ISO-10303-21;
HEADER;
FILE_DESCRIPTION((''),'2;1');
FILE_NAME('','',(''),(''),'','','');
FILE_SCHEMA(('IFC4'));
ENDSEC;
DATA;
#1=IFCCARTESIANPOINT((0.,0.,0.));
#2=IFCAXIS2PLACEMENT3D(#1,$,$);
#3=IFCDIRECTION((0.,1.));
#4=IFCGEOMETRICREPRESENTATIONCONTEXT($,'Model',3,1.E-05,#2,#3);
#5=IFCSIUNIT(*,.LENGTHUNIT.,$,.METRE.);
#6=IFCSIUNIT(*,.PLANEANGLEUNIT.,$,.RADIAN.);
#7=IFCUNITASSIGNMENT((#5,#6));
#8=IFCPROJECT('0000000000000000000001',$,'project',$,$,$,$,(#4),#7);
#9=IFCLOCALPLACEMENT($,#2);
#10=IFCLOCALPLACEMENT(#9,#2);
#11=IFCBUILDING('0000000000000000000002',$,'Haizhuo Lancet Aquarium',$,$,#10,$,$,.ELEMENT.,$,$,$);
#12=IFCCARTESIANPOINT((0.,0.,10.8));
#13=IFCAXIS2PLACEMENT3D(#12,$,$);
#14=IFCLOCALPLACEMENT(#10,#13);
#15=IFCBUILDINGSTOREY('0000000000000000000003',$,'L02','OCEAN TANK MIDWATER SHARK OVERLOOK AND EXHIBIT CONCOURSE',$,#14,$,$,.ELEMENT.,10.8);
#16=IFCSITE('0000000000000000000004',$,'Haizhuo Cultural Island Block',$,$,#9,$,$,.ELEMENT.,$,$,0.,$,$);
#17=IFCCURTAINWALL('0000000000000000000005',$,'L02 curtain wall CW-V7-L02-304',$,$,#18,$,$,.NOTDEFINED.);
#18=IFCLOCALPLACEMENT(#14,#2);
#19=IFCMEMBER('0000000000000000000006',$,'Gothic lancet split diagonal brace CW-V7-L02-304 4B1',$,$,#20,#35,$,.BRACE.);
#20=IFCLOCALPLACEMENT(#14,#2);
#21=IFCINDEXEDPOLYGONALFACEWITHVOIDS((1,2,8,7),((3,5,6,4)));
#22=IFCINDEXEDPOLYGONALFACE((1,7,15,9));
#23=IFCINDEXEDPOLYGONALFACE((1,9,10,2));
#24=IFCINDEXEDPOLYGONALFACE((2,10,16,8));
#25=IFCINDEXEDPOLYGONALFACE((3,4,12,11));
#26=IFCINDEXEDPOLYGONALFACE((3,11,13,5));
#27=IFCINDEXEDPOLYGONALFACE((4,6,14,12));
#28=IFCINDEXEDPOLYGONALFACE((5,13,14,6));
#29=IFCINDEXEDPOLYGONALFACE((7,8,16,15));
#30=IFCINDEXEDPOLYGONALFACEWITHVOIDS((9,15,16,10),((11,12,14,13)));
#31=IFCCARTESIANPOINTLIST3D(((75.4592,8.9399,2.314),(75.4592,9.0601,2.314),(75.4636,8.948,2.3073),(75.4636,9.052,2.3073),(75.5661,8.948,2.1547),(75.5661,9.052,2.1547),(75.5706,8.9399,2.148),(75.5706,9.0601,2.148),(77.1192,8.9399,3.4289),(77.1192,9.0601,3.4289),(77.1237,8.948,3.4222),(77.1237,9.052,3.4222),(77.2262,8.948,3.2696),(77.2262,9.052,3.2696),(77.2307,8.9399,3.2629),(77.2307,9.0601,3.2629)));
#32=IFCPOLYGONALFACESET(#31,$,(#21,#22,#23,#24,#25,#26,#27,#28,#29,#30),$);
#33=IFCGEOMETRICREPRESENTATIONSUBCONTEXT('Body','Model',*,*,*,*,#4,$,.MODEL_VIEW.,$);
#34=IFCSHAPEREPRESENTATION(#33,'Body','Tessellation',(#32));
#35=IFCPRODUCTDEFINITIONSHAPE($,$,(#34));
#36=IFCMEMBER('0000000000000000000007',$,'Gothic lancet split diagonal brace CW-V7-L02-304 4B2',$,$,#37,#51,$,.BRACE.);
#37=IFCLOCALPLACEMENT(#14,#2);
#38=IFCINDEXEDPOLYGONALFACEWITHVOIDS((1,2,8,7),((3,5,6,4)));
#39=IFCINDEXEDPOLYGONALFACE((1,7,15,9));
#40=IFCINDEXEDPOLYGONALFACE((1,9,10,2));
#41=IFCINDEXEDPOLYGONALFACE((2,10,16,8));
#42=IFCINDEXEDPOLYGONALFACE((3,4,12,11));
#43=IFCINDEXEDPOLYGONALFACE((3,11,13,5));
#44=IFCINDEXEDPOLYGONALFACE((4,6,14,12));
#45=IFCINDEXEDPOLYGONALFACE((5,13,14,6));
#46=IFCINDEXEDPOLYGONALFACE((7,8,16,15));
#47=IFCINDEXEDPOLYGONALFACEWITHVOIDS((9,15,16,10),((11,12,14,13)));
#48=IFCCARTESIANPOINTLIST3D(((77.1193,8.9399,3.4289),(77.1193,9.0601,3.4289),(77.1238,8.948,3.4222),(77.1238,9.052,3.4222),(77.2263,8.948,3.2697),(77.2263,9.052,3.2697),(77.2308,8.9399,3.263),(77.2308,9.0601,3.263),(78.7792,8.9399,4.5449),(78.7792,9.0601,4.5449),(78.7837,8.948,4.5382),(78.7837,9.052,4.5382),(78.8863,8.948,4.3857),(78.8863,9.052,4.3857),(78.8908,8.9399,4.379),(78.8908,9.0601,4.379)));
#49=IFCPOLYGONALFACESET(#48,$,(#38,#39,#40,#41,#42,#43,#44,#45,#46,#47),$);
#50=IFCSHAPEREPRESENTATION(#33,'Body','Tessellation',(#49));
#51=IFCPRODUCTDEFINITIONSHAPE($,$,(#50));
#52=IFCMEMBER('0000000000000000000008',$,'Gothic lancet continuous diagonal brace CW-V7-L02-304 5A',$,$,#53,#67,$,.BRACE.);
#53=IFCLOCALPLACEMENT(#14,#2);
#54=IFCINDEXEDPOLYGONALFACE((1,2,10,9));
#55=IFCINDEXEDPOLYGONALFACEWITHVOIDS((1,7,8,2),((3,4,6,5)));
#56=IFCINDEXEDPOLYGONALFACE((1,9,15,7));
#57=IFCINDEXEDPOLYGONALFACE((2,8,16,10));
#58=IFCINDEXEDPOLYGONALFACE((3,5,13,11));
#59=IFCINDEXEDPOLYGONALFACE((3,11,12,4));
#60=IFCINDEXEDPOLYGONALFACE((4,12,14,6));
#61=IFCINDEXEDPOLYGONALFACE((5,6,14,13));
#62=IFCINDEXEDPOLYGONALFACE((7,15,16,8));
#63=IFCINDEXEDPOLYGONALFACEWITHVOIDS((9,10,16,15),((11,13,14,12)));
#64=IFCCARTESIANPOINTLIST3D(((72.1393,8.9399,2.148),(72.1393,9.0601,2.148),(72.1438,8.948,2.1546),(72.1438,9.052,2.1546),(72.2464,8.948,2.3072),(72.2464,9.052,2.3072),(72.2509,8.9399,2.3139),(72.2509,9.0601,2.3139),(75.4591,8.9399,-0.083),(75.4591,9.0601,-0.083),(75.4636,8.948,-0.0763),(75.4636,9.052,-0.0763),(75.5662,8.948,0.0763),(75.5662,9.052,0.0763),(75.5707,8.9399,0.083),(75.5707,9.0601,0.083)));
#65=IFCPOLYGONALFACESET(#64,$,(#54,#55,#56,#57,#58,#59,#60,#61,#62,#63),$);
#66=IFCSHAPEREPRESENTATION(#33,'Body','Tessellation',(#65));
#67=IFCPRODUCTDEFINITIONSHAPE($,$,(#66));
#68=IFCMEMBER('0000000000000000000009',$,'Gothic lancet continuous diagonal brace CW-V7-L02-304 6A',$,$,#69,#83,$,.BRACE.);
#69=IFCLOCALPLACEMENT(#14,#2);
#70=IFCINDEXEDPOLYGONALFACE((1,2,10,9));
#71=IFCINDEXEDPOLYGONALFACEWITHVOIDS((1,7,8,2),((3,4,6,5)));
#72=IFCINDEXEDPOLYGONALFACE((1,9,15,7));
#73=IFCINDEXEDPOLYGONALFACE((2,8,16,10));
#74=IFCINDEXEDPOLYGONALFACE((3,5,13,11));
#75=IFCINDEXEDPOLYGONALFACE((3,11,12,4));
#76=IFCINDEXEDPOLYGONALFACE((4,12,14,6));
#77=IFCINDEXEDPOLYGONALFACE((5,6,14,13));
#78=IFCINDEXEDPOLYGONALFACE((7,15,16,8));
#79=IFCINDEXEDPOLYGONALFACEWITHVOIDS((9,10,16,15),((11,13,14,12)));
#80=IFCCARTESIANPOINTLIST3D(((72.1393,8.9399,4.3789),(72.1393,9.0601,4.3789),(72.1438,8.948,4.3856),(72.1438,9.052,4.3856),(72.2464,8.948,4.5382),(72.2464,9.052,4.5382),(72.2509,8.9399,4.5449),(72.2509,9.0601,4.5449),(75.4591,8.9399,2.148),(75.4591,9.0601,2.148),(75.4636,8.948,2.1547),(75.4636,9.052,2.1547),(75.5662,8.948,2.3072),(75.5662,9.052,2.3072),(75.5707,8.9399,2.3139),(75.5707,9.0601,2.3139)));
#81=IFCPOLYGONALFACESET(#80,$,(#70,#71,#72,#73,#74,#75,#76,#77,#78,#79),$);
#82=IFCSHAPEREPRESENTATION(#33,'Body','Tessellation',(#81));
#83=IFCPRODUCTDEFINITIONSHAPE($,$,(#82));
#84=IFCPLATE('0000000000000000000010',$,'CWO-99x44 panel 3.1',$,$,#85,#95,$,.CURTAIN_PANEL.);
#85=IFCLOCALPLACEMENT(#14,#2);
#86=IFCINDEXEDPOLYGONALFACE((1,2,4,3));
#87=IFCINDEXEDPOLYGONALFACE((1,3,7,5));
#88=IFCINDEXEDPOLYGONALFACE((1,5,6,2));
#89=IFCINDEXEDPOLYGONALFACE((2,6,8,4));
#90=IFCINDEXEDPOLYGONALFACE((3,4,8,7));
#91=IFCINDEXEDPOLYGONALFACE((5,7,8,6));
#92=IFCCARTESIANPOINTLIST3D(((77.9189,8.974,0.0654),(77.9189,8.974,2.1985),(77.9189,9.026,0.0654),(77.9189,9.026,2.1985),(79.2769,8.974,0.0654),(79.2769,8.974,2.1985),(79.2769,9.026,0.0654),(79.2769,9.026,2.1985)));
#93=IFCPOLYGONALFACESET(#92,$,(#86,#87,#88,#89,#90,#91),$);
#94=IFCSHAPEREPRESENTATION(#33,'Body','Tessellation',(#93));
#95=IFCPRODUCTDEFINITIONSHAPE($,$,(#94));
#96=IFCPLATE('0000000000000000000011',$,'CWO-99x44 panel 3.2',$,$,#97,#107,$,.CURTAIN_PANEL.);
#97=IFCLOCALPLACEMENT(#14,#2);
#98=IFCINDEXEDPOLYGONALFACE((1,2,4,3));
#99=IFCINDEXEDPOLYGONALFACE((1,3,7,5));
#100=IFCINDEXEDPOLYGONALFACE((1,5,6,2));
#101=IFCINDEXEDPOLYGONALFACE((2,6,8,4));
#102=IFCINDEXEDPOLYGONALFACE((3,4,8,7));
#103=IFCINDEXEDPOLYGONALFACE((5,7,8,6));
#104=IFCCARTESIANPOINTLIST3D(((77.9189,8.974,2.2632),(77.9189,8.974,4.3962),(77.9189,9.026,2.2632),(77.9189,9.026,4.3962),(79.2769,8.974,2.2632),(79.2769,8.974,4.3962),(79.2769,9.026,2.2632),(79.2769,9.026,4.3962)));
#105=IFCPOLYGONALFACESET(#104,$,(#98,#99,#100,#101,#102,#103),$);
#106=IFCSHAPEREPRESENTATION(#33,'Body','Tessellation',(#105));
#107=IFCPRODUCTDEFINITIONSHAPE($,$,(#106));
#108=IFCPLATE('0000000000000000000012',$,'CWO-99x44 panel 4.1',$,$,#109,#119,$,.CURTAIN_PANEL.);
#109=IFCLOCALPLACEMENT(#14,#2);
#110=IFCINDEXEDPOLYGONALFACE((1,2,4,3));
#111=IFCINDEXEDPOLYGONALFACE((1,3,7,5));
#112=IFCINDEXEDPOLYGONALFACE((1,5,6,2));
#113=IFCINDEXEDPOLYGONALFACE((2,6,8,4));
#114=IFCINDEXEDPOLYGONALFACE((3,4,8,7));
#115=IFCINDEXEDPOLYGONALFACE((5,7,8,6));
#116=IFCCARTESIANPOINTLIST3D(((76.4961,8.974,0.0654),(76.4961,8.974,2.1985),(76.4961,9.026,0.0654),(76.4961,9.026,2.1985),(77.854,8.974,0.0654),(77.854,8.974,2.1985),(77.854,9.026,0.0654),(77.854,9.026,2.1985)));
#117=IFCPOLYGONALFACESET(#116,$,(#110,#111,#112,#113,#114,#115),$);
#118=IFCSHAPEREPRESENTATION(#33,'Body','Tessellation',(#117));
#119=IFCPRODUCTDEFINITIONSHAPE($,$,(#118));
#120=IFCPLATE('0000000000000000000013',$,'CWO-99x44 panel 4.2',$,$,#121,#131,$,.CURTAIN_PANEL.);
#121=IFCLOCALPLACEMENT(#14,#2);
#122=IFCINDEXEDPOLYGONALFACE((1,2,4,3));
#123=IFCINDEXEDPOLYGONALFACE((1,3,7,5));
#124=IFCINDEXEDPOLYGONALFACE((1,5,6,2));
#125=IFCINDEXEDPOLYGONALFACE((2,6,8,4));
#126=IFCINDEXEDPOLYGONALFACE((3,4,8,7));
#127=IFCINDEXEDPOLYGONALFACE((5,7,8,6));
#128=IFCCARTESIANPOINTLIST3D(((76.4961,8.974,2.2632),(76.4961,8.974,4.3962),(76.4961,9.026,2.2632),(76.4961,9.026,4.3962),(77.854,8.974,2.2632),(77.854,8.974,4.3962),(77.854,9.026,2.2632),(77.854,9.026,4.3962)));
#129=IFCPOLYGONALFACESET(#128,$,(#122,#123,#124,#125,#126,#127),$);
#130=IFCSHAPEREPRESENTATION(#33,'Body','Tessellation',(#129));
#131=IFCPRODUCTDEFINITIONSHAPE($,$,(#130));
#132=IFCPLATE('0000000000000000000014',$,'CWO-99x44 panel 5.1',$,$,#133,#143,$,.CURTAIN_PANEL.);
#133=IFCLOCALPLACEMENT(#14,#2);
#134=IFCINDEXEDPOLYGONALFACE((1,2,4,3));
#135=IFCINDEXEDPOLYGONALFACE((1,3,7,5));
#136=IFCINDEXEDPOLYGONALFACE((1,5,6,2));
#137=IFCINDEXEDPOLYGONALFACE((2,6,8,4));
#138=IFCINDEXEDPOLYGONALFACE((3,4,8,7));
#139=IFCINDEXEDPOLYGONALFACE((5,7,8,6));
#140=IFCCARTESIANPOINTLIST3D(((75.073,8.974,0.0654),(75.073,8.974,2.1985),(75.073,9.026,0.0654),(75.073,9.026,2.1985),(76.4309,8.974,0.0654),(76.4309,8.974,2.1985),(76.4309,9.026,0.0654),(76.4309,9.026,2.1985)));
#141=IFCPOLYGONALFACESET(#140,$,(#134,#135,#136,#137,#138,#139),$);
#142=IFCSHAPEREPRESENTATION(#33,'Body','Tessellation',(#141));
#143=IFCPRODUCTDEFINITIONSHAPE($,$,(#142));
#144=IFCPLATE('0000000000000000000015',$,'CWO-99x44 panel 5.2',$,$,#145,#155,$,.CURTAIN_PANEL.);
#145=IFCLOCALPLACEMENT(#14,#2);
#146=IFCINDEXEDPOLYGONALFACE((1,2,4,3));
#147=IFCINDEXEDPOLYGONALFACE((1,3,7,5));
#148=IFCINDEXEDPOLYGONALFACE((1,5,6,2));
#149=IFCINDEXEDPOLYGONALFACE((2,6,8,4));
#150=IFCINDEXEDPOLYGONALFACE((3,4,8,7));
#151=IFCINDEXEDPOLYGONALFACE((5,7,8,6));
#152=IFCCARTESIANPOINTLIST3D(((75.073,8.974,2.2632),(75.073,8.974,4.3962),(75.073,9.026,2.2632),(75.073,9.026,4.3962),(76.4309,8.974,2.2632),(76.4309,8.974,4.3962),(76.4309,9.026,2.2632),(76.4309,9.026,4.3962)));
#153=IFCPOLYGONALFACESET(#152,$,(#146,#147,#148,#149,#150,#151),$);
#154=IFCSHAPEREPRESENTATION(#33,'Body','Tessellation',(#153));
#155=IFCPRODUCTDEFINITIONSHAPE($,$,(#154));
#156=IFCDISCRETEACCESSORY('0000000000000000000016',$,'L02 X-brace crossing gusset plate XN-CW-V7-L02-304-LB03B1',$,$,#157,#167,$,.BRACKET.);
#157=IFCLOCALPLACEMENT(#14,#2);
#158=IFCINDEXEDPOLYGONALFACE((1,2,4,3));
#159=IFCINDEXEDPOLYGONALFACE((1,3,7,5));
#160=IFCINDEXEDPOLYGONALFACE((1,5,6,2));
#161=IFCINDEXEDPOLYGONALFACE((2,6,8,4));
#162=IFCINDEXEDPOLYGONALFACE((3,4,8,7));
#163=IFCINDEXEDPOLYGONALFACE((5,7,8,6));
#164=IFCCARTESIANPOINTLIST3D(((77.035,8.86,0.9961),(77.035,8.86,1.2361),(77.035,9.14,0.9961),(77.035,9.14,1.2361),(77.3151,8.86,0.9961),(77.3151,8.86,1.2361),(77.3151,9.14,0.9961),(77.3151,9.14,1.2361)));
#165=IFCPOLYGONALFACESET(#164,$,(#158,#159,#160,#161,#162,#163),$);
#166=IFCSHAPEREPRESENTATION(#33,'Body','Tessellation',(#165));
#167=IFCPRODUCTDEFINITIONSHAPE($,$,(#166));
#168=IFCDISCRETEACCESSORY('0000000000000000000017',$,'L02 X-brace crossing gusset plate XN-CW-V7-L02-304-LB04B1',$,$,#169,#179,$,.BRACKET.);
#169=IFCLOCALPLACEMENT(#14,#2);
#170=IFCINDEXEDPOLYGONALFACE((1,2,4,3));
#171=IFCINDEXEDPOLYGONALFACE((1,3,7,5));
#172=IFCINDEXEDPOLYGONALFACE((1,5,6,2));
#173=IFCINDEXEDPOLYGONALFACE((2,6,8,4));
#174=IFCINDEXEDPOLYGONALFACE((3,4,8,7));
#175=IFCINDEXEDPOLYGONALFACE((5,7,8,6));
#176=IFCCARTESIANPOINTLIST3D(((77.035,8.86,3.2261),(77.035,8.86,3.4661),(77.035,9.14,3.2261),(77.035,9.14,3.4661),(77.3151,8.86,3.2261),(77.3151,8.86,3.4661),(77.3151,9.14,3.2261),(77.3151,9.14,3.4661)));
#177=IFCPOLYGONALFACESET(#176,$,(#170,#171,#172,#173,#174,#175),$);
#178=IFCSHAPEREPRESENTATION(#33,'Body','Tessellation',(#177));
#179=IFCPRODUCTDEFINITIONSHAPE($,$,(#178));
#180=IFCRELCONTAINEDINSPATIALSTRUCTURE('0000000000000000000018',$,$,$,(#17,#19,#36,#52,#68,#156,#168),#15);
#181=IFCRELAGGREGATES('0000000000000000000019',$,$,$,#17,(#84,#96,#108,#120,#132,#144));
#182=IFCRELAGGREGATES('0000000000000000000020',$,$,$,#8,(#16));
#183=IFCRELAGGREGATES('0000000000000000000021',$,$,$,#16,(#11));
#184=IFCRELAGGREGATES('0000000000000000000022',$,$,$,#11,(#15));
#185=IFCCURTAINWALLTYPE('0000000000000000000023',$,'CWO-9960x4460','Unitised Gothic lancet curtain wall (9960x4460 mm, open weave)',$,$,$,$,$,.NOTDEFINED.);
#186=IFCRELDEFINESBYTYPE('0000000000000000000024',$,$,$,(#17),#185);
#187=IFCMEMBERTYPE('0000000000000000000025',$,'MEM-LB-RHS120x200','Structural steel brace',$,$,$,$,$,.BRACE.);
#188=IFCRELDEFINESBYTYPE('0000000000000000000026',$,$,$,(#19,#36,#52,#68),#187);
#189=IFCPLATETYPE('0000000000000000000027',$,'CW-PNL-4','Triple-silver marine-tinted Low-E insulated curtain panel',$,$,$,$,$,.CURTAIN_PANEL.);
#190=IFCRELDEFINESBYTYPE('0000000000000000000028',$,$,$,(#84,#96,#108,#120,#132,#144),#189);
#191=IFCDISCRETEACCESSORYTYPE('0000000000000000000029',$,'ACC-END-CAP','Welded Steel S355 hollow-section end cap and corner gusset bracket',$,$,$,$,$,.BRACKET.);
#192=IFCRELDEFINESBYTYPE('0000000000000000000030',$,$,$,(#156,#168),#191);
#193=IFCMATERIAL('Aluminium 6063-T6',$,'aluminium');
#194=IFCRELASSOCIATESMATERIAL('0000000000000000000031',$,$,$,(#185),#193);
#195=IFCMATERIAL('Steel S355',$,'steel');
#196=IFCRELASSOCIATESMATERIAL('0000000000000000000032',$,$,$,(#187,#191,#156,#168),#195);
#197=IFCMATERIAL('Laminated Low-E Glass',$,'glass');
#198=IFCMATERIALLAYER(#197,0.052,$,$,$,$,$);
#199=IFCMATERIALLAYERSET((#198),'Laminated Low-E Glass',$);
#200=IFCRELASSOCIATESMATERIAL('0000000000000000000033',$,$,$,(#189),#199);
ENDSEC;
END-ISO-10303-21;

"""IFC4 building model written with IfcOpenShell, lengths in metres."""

from ifc_helpers import new_model, si_unit, direction, frame, origin, origin_2d, place, context, subcontext, project, spatial, rectangle, hollow_rectangle, extrude, material, layer, layer_set, material_profile, profile_set, type_object, element, aggregate, save


model = new_model("IFC4")

# Units and contexts
model_context = context("Model", 3, precision=1e-05, world=origin(), true_north=direction((0.0, 1.0)))
body_context = subcontext(model_context, "Body", "Model", "MODEL_VIEW")
ifc_project = project(units=[si_unit("LENGTHUNIT", "METRE"), si_unit("PLANEANGLEUNIT", "RADIAN")], contexts=[model_context])

# Site, building, storey
site_placement = place(None, origin())
site = spatial("IfcSite", under=ifc_project, at=site_placement, Name="Haizhuo Cultural Island Block", CompositionType="ELEMENT", RefElevation=0.0)
building_placement = place(site_placement, origin())
building = spatial("IfcBuilding", under=site, at=building_placement, Name="Haizhuo Lancet Aquarium", CompositionType="ELEMENT")
storey_placement = place(building_placement, frame((0.0, 0.0, 10.8)))
storey = spatial("IfcBuildingStorey", under=building, at=storey_placement, Name="L02", Description="OCEAN TANK MIDWATER SHARK OVERLOOK AND EXHIBIT CONCOURSE", CompositionType="ELEMENT", Elevation=10.8)

# Curtain wall
ifc_material_1 = material(Name="Aluminium 6063-T6", Category="aluminium")
curtain_wall_type = type_object("IfcCurtainWallType", Name="CWO-9960x4460", Description="Unitised Gothic lancet curtain wall (9960x4460 mm, open weave)", PredefinedType="NOTDEFINED", material=ifc_material_1)
curtain_wall_placement = place(storey_placement, origin())
curtain_wall = element("IfcCurtainWall", 1, at=curtain_wall_placement, inside=storey, type_object=curtain_wall_type, Name="L02 curtain wall CW-V7-L02-304", PredefinedType="NOTDEFINED")

# Members
ifc_material_2 = material(Name="Steel S355", Category="steel")
ifc_material_profile_1 = material_profile(ifc_material_2, hollow_rectangle(XDim=0.1201, YDim=0.2, WallThickness=0.0081, at=origin_2d()), Name="RHS 120x200x8")
ifc_profile_set_1 = profile_set([ifc_material_profile_1], Name="Steel S355")
member_type_1 = type_object("IfcMemberType", Name="MEM-LB-RHS120x200", Description="Structural steel brace", PredefinedType="BRACE", material=ifc_profile_set_1)
member_1_placement = place(storey_placement, frame((75.5149, 9.0, 2.231), z_axis=(0.830148, 0.0, 0.557542), x_axis=(0.0, 1.0, 0.0)))
element("IfcMember", 2, at=member_1_placement, inside=storey, type_object=member_type_1, Name="Gothic lancet split diagonal brace CW-V7-L02-304 4B1", PredefinedType="BRACE", context=body_context, shape_type="SweptSolid", body=[
    extrude(hollow_rectangle(XDim=0.1201, YDim=0.2, WallThickness=0.0081, at=origin_2d()), origin(), (0.0, 0.0, 1.0), 1.9998),
])
member_2_placement = place(storey_placement, frame((77.175, 9.0, 3.3459), z_axis=(0.829884, 0.0, 0.557935), x_axis=(0.0, 1.0, 0.0)))
element("IfcMember", 3, at=member_2_placement, inside=storey, type_object=member_type_1, Name="Gothic lancet split diagonal brace CW-V7-L02-304 4B2", PredefinedType="BRACE", context=body_context, shape_type="SweptSolid", body=[
    extrude(hollow_rectangle(XDim=0.1201, YDim=0.2, WallThickness=0.0081, at=origin_2d()), origin(), (0.0, 0.0, 1.0), 2.0002),
])
for number, where, z_axis, x_axis, name in (
    (4, (75.5149, 9.0, 0.0), (-0.829998, 0.0, 0.557767), (0.0, -1.0, 0.0), "Gothic lancet continuous diagonal brace CW-V7-L02-304 5A"),
    (5, (75.5149, 9.0, 2.231), (-0.829998, 0.0, 0.557767), (0.0, -1.0, 0.0), "Gothic lancet continuous diagonal brace CW-V7-L02-304 6A"),
):
    element("IfcMember", number, at=place(storey_placement, frame(where, z_axis=z_axis, x_axis=x_axis)), inside=storey, type_object=member_type_1, Name=name, PredefinedType="BRACE", context=body_context, shape_type="SweptSolid", body=[
        extrude(hollow_rectangle(XDim=0.1201, YDim=0.2, WallThickness=0.0081, at=origin_2d()), origin(), (0.0, 0.0, 1.0), 3.9998),
    ])

# Plates
ifc_material_3 = material(Name="Laminated Low-E Glass", Category="glass")
ifc_layer = layer(ifc_material_3, 0.052)
ifc_layer_set = layer_set([ifc_layer], Name="Laminated Low-E Glass")
plate_type = type_object("IfcPlateType", Name="CW-PNL-4", Description="Triple-silver marine-tinted Low-E insulated curtain panel", PredefinedType="CURTAIN_PANEL", material=ifc_layer_set)
plate_1_placement = place(storey_placement, frame((78.5979, 9.0, 0.0654), z_axis=(0.0, 0.0, 1.0), x_axis=(-1.0, 0.0, 0.0)))
plate_1 = element("IfcPlate", 6, at=plate_1_placement, type_object=plate_type, Name="CWO-99x44 panel 3.1", PredefinedType="CURTAIN_PANEL", context=body_context, shape_type="SweptSolid", body=[
    extrude(rectangle(XDim=1.3579, YDim=0.052, at=origin_2d()), origin(), (0.0, 0.0, 1.0), 2.1331),
])
plate_2_placement = place(storey_placement, frame((78.5979, 9.0, 2.2632), z_axis=(0.0, 0.0, 1.0), x_axis=(-1.0, 0.0, 0.0)))
plate_2 = element("IfcPlate", 7, at=plate_2_placement, type_object=plate_type, Name="CWO-99x44 panel 3.2", PredefinedType="CURTAIN_PANEL", context=body_context, shape_type="SweptSolid", body=[
    extrude(rectangle(XDim=1.3579, YDim=0.052, at=origin_2d()), origin(), (0.0, 0.0, 1.0), 2.1331),
])
plate_3_placement = place(storey_placement, frame((77.175, 9.0, 0.0654), z_axis=(0.0, 0.0, 1.0), x_axis=(-1.0, 0.0, 0.0)))
plate_3 = element("IfcPlate", 8, at=plate_3_placement, type_object=plate_type, Name="CWO-99x44 panel 4.1", PredefinedType="CURTAIN_PANEL", context=body_context, shape_type="SweptSolid", body=[
    extrude(rectangle(XDim=1.3579, YDim=0.052, at=origin_2d()), origin(), (0.0, 0.0, 1.0), 2.1331),
])
plate_4_placement = place(storey_placement, frame((77.175, 9.0, 2.2632), z_axis=(0.0, 0.0, 1.0), x_axis=(-1.0, 0.0, 0.0)))
plate_4 = element("IfcPlate", 9, at=plate_4_placement, type_object=plate_type, Name="CWO-99x44 panel 4.2", PredefinedType="CURTAIN_PANEL", context=body_context, shape_type="SweptSolid", body=[
    extrude(rectangle(XDim=1.3579, YDim=0.052, at=origin_2d()), origin(), (0.0, 0.0, 1.0), 2.1331),
])
plate_5_placement = place(storey_placement, frame((75.752, 9.0, 0.0654), z_axis=(0.0, 0.0, 1.0), x_axis=(-1.0, 0.0, 0.0)))
plate_5 = element("IfcPlate", 10, at=plate_5_placement, type_object=plate_type, Name="CWO-99x44 panel 5.1", PredefinedType="CURTAIN_PANEL", context=body_context, shape_type="SweptSolid", body=[
    extrude(rectangle(XDim=1.3579, YDim=0.052, at=origin_2d()), origin(), (0.0, 0.0, 1.0), 2.1331),
])
plate_6_placement = place(storey_placement, frame((75.752, 9.0, 2.2632), z_axis=(0.0, 0.0, 1.0), x_axis=(-1.0, 0.0, 0.0)))
plate_6 = element("IfcPlate", 11, at=plate_6_placement, type_object=plate_type, Name="CWO-99x44 panel 5.2", PredefinedType="CURTAIN_PANEL", context=body_context, shape_type="SweptSolid", body=[
    extrude(rectangle(XDim=1.3579, YDim=0.052, at=origin_2d()), origin(), (0.0, 0.0, 1.0), 2.1331),
])
aggregate(curtain_wall, [plate_1, plate_2, plate_3, plate_4, plate_5, plate_6])

# Discrete accessories
discrete_accessory_type = type_object("IfcDiscreteAccessoryType", Name="ACC-END-CAP", Description="Welded Steel S355 hollow-section end cap and corner gusset bracket", PredefinedType="BRACKET", material=ifc_material_2)
for number, where, z_axis, x_axis, name in (
    (12, (77.175, 9.0, 0.9961), (0.0, 0.0, 1.0), (1.0, 0.0, 0.0), "L02 X-brace crossing gusset plate XN-CW-V7-L02-304-LB03B1"),
    (13, (77.175, 9.0, 3.2261), (0.0, 0.0, 1.0), (1.0, 0.0, 0.0), "L02 X-brace crossing gusset plate XN-CW-V7-L02-304-LB04B1"),
):
    element("IfcDiscreteAccessory", number, at=place(storey_placement, frame(where, z_axis=z_axis, x_axis=x_axis)), inside=storey, type_object=discrete_accessory_type, material=ifc_material_2, Name=name, PredefinedType="BRACKET", context=body_context, shape_type="SweptSolid", body=[
        extrude(rectangle(XDim=0.28, YDim=0.28, at=origin_2d()), origin(), (0.0, 0.0, 1.0), 0.24),
    ])

save(model, "model.ifc")
